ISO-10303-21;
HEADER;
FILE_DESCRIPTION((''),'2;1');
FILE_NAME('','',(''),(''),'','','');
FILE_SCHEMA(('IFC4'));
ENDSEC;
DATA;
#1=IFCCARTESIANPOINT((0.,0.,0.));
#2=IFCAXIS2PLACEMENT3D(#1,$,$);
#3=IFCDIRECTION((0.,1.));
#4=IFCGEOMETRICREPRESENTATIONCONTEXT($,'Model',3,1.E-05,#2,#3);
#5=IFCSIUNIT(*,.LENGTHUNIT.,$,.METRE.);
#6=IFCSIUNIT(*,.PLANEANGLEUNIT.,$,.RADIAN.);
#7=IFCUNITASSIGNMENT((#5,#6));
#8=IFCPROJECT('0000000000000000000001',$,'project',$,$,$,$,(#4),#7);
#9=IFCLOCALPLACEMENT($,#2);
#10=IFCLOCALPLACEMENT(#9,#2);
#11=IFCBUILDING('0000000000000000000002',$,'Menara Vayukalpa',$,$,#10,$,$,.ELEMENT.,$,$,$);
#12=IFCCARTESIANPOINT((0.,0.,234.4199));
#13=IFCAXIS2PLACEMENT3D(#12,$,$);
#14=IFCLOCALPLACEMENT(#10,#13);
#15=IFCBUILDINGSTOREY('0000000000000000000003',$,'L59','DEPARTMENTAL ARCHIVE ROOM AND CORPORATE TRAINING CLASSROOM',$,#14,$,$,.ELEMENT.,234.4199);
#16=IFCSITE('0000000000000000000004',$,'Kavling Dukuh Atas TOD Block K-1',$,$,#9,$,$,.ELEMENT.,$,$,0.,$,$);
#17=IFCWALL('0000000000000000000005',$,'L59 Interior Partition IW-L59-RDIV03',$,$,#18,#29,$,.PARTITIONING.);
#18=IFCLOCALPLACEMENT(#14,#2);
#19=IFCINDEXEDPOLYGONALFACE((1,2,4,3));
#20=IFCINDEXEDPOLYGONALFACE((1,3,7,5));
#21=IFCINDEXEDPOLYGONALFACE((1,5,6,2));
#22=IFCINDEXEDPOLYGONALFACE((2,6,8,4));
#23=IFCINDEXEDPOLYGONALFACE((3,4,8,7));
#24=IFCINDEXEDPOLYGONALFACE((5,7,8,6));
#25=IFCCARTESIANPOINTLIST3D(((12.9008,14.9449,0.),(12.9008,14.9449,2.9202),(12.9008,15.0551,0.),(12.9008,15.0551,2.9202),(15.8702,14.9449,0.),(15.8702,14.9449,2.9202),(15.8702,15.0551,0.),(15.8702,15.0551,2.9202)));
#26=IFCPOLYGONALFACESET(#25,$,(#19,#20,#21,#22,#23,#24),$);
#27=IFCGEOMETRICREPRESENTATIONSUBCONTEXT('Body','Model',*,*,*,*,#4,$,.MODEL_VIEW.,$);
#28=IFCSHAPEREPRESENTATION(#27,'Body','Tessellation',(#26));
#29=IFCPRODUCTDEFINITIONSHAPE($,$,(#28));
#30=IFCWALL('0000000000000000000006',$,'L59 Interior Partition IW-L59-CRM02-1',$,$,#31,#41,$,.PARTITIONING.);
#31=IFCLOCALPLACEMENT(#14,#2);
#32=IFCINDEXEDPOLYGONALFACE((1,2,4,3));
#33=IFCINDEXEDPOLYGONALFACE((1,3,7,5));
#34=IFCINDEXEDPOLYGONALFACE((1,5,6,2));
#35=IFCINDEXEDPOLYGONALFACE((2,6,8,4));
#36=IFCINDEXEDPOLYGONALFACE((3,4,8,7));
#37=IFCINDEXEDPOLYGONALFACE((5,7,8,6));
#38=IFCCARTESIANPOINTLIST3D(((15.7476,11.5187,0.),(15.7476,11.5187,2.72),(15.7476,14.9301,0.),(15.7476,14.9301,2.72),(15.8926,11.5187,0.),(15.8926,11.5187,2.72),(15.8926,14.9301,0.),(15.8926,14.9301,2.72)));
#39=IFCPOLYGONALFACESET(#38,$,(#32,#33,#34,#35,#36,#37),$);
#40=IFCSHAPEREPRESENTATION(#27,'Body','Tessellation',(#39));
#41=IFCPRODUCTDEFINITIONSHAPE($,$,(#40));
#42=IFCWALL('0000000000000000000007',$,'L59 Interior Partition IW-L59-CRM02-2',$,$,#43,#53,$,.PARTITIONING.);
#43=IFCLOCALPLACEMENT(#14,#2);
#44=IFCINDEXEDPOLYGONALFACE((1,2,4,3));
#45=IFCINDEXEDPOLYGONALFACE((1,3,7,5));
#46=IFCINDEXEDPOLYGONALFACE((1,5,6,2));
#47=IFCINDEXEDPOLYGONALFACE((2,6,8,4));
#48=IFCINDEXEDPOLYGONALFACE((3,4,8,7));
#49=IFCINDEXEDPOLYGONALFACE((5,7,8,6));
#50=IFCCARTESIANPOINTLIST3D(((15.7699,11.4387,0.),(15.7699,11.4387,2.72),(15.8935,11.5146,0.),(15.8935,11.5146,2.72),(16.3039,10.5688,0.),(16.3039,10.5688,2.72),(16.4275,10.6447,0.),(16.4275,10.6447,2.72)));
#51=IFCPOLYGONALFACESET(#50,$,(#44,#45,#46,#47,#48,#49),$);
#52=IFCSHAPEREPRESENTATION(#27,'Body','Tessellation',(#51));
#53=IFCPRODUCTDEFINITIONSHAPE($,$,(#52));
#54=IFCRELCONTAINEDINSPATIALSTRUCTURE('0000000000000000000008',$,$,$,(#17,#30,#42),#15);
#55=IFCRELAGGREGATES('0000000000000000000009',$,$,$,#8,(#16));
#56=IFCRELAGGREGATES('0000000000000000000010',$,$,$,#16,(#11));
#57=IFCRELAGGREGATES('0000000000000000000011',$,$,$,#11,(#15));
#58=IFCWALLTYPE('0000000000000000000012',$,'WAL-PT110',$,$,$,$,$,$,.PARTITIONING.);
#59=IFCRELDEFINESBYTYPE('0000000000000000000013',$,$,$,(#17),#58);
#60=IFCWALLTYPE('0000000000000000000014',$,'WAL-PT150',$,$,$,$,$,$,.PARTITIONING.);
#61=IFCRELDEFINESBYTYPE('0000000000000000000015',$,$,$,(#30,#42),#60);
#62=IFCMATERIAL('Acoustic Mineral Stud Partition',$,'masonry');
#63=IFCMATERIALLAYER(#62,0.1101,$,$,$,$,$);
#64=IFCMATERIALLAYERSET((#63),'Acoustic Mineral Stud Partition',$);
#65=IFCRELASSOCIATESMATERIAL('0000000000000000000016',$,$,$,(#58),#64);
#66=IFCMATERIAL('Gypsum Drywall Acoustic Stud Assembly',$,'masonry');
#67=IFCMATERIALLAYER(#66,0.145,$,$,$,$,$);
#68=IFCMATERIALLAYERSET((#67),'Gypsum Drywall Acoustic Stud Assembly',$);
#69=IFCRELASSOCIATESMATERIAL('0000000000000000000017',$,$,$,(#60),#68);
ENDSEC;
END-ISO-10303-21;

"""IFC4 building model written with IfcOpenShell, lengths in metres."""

from ifc_helpers import new_model, si_unit, direction, frame, frame_2d, origin, place, context, subcontext, project, spatial, rectangle, extrude, material, layer, layer_set, type_object, element, save


model = new_model("IFC4")

# Units and contexts
model_context = context("Model", 3, precision=1e-05, world=origin(), true_north=direction((0.0, 1.0)))
body_context = subcontext(model_context, "Body", "Model", "MODEL_VIEW")
ifc_project = project(units=[si_unit("LENGTHUNIT", "METRE"), si_unit("PLANEANGLEUNIT", "RADIAN")], contexts=[model_context])

# Site, building, storey
site_placement = place(None, origin())
site = spatial("IfcSite", under=ifc_project, at=site_placement, Name="Kavling Dukuh Atas TOD Block K-1", CompositionType="ELEMENT", RefElevation=0.0)
building_placement = place(site_placement, origin())
building = spatial("IfcBuilding", under=site, at=building_placement, Name="Menara Vayukalpa", CompositionType="ELEMENT")
storey_placement = place(building_placement, frame((0.0, 0.0, 234.4199)))
storey = spatial("IfcBuildingStorey", under=building, at=storey_placement, Name="L59", Description="DEPARTMENTAL ARCHIVE ROOM AND CORPORATE TRAINING CLASSROOM", CompositionType="ELEMENT", Elevation=234.4199)

# Walls
ifc_material_1 = material(Name="Acoustic Mineral Stud Partition", Category="masonry")
ifc_layer_1 = layer(ifc_material_1, 0.1101)
ifc_layer_set_1 = layer_set([ifc_layer_1], Name="Acoustic Mineral Stud Partition")
wall_type_1 = type_object("IfcWallType", Name="WAL-PT110", PredefinedType="PARTITIONING", material=ifc_layer_set_1)
wall_1_placement = place(storey_placement, frame((12.9006, 15.0, 0.0), z_axis=(0.0, 0.0, 1.0), x_axis=(1.0, 0.0, 0.0)))
element("IfcWall", 1, at=wall_1_placement, inside=storey, type_object=wall_type_1, Name="L59 Interior Partition IW-L59-RDIV03", PredefinedType="PARTITIONING", context=body_context, shape_type="SweptSolid", body=[
    extrude(rectangle(XDim=2.9695, YDim=0.1101, at=frame_2d((1.4849, 0.0))), origin(), (0.0, 0.0, 1.0), 2.9202),
])
ifc_material_2 = material(Name="Gypsum Drywall Acoustic Stud Assembly", Category="masonry")
ifc_layer_2 = layer(ifc_material_2, 0.145)
ifc_layer_set_2 = layer_set([ifc_layer_2], Name="Gypsum Drywall Acoustic Stud Assembly")
wall_type_2 = type_object("IfcWallType", Name="WAL-PT150", PredefinedType="PARTITIONING", material=ifc_layer_set_2)
wall_2_placement = place(storey_placement, frame((15.8201, 14.9299, 0.0), z_axis=(0.0, 0.0, 1.0), x_axis=(0.0, -1.0, 0.0)))
element("IfcWall", 2, at=wall_2_placement, inside=storey, type_object=wall_type_2, Name="L59 Interior Partition IW-L59-CRM02-1", PredefinedType="PARTITIONING", context=body_context, shape_type="SweptSolid", body=[
    extrude(rectangle(XDim=3.4114, YDim=0.145, at=frame_2d((1.7056, 0.0))), origin(), (0.0, 0.0, 1.0), 2.72),
])
wall_3_placement = place(storey_placement, frame((15.8318, 11.4766, 0.0), z_axis=(0.0, 0.0, 1.0), x_axis=(0.523123, -0.852257, 0.0)))
element("IfcWall", 3, at=wall_3_placement, inside=storey, type_object=wall_type_2, Name="L59 Interior Partition IW-L59-CRM02-2", PredefinedType="PARTITIONING", context=body_context, shape_type="SweptSolid", body=[
    extrude(rectangle(XDim=1.0208, YDim=0.145, at=frame_2d((0.5103, 0.0))), origin(), (0.0, 0.0, 1.0), 2.72),
])

save(model, "model.ifc")
